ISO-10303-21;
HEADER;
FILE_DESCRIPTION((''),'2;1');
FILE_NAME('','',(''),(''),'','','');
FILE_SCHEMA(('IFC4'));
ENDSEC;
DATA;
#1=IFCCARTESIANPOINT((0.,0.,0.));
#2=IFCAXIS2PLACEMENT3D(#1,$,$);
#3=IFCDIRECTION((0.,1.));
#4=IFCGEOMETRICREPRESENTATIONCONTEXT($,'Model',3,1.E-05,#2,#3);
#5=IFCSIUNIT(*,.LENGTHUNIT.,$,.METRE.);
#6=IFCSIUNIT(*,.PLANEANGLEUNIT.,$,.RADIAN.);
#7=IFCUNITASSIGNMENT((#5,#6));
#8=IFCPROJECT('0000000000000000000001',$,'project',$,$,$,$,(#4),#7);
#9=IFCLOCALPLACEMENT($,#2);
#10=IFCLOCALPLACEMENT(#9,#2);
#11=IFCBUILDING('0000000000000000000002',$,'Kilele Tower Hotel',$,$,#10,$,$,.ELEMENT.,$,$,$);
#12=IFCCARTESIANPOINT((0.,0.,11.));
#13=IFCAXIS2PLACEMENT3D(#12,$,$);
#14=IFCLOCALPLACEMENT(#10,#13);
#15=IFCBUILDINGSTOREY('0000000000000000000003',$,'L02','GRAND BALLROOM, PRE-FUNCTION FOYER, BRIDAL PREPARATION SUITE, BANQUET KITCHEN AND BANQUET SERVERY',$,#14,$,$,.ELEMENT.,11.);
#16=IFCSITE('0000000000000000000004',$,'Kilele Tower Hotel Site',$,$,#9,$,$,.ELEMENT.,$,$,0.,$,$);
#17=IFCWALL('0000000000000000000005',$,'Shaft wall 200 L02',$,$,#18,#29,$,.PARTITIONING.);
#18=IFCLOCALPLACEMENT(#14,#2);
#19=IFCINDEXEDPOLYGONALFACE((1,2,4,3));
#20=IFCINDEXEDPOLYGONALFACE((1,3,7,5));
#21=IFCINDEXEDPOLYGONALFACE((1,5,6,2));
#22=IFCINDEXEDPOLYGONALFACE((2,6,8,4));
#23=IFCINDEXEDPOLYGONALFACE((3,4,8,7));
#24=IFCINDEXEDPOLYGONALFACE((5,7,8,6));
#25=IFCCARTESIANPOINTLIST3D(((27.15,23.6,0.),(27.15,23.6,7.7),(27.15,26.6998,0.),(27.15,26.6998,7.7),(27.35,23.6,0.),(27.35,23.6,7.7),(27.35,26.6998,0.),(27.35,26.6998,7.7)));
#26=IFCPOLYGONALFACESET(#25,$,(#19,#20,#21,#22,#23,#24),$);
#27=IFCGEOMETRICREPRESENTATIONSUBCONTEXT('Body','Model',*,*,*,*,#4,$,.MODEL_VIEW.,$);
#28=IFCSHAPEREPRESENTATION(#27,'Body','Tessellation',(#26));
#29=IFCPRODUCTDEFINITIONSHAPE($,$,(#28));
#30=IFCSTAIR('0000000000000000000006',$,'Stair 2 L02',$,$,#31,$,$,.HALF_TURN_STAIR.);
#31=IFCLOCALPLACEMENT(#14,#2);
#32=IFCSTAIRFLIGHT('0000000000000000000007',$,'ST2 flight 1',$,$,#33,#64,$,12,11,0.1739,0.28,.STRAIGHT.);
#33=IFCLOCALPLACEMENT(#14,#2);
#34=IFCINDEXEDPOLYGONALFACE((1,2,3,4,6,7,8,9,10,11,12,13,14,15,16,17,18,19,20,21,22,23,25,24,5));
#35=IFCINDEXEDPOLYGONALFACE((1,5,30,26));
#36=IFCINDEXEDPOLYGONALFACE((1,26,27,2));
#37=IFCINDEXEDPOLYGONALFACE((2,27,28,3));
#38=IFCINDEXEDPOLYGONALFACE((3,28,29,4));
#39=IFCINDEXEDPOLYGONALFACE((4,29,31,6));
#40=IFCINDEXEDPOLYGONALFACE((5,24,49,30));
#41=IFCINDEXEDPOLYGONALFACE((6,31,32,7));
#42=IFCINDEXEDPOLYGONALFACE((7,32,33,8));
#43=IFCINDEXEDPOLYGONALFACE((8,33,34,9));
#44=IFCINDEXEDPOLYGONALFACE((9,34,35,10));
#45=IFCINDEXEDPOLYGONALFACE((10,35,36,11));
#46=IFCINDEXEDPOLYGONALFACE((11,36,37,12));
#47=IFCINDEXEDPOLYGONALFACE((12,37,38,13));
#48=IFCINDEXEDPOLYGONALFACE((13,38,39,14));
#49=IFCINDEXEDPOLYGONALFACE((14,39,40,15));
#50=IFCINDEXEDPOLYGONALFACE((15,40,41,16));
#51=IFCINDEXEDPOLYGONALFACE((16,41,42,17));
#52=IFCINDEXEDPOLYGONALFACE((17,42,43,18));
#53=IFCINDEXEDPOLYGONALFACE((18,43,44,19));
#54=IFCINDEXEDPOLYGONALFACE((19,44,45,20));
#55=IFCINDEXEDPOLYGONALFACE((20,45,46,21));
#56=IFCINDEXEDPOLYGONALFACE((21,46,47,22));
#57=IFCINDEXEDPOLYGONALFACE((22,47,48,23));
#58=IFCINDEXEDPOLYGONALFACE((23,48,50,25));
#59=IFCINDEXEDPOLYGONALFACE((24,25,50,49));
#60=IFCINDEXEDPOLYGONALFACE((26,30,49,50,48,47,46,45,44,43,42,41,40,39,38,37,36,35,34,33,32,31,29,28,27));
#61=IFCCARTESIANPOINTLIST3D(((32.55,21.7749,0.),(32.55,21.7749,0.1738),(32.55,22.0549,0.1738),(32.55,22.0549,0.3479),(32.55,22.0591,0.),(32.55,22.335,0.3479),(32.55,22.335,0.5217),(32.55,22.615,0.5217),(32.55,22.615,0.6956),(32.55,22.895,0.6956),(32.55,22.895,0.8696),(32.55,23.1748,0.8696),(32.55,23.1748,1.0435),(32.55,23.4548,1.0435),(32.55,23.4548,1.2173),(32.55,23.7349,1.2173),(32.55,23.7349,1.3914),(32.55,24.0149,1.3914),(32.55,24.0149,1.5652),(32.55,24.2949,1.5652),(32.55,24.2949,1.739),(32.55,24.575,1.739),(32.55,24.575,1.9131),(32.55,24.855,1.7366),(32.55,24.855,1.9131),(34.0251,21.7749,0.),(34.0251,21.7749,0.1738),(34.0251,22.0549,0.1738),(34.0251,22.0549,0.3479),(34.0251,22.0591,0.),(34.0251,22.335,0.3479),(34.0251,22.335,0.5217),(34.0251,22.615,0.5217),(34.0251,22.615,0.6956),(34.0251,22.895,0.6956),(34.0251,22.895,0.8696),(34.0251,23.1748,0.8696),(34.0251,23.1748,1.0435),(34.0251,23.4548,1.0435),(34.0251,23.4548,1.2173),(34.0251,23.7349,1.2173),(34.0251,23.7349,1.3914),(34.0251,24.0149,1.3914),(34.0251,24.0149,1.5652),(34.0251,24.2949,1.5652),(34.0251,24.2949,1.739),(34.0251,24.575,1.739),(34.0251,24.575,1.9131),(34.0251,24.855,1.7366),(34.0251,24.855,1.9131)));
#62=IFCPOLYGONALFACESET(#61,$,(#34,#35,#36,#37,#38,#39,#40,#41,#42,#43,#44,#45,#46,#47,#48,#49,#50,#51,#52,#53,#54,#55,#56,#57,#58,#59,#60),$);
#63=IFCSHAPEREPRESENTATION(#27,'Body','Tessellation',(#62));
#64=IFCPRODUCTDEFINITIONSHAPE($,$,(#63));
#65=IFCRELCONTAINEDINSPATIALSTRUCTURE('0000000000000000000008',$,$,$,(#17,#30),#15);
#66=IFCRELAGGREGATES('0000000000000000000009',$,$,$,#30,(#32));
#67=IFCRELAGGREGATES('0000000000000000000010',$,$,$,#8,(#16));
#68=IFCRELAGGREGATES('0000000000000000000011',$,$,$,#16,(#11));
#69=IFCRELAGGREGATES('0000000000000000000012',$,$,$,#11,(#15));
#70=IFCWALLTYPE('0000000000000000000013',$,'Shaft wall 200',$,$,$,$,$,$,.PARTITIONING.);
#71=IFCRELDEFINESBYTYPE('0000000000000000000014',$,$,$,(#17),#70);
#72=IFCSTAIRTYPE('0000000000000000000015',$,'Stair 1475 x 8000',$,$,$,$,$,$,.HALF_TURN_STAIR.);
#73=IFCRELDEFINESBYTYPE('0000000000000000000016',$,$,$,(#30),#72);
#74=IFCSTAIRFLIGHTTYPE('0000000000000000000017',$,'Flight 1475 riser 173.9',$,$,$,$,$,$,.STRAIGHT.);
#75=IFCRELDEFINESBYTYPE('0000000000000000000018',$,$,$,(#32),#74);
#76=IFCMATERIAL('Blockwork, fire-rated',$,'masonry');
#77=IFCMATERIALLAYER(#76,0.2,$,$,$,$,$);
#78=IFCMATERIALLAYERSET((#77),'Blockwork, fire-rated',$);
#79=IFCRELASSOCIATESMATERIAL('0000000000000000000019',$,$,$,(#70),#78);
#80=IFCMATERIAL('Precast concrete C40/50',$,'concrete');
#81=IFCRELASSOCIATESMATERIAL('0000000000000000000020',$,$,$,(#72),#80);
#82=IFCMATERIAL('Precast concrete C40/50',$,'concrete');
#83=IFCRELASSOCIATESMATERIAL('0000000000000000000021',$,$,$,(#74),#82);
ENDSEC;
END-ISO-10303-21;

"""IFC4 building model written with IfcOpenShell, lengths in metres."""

from ifc_helpers import new_model, si_unit, direction, frame, frame_2d, origin, place, context, subcontext, project, spatial, polyline, rectangle, outline, extrude, material, layer, layer_set, type_object, element, aggregate, save


model = new_model("IFC4")

# Units and contexts
model_context = context("Model", 3, precision=1e-05, world=origin(), true_north=direction((0.0, 1.0)))
body_context = subcontext(model_context, "Body", "Model", "MODEL_VIEW")
ifc_project = project(units=[si_unit("LENGTHUNIT", "METRE"), si_unit("PLANEANGLEUNIT", "RADIAN")], contexts=[model_context])

# Site, building, storey
site_placement = place(None, origin())
site = spatial("IfcSite", under=ifc_project, at=site_placement, Name="Kilele Tower Hotel Site", CompositionType="ELEMENT", RefElevation=0.0)
building_placement = place(site_placement, origin())
building = spatial("IfcBuilding", under=site, at=building_placement, Name="Kilele Tower Hotel", CompositionType="ELEMENT")
storey_placement = place(building_placement, frame((0.0, 0.0, 11.0)))
storey = spatial("IfcBuildingStorey", under=building, at=storey_placement, Name="L02", Description="GRAND BALLROOM, PRE-FUNCTION FOYER, BRIDAL PREPARATION SUITE, BANQUET KITCHEN AND BANQUET SERVERY", CompositionType="ELEMENT", Elevation=11.0)

# Wall
ifc_material_1 = material(Name="Blockwork, fire-rated", Category="masonry")
ifc_layer_1 = layer(ifc_material_1, 0.2)
ifc_layer_set_1 = layer_set([ifc_layer_1], Name="Blockwork, fire-rated")
wall_type_1 = type_object("IfcWallType", Name="Shaft wall 200", PredefinedType="PARTITIONING", material=ifc_layer_set_1)
for number, where, z_axis, x_axis, name in (
    (1, (27.25, 23.6001, 0.0), (0.0, 0.0, 1.0), (0.0, 1.0, 0.0), "Shaft wall 200 L02"),
):
    element("IfcWall", number, at=place(storey_placement, frame(where, z_axis=z_axis, x_axis=x_axis)), inside=storey, type_object=wall_type_1, Name=name, PredefinedType="PARTITIONING", context=body_context, shape_type="SweptSolid", body=[
        extrude(rectangle(XDim=3.0999, YDim=0.2, at=frame_2d((1.5498, 0.0))), origin(), (0.0, 0.0, 1.0), 7.7),
    ])

# Stair, stair flight
ifc_material_2 = material(Name="Precast concrete C40/50", Category="concrete")
stair_type = type_object("IfcStairType", Name="Stair 1475 x 8000", PredefinedType="HALF_TURN_STAIR", material=ifc_material_2)
stair_placement = place(storey_placement, origin())
stair = element("IfcStair", 2, at=stair_placement, inside=storey, type_object=stair_type, Name="Stair 2 L02", PredefinedType="HALF_TURN_STAIR")
ifc_material_3 = material(Name="Precast concrete C40/50", Category="concrete")
stair_flight_type = type_object("IfcStairFlightType", Name="Flight 1475 riser 173.9", PredefinedType="STRAIGHT", material=ifc_material_3)
stair_flight_placement = place(storey_placement, frame((33.2876, 21.7749, 0.0), z_axis=(0.0, 0.0, 1.0), x_axis=(0.0, 1.0, 0.0)))
stair_flight = element("IfcStairFlight", 3, at=stair_flight_placement, type_object=stair_flight_type, Name="ST2 flight 1", NumberOfRisers=12, NumberOfTreads=11, PredefinedType="STRAIGHT", RiserHeight=0.1739, TreadLength=0.28, context=body_context, shape_type="SweptSolid", body=[
    extrude(outline(polyline([(0.0, 0.0), (0.0, 0.1738), (0.28, 0.1738), (0.28, 0.3479), (0.5601, 0.3479), (0.5601, 0.5217), (0.8401, 0.5217), (0.8401, 0.6956), (1.1201, 0.6956), (1.1201, 0.8696), (1.3999, 0.8696), (1.3999, 1.0435), (1.6799, 1.0435), (1.6799, 1.2173), (1.96, 1.2173), (1.96, 1.3914), (2.24, 1.3914), (2.24, 1.5652), (2.52, 1.5652), (2.52, 1.739), (2.8, 1.739), (2.8, 1.9131), (3.0801, 1.9131), (3.0801, 2.0869), (3.0801, 1.7366), (0.2842, 0.0), (0.0, 0.0)])), frame((0.0, 0.7375, 0.0), z_axis=(0.0, -1.0, 0.0), x_axis=(1.0, 0.0, 0.0)), (0.0, 0.0, 1.0), 1.4751),
])
aggregate(stair, [stair_flight])

save(model, "model.ifc")
